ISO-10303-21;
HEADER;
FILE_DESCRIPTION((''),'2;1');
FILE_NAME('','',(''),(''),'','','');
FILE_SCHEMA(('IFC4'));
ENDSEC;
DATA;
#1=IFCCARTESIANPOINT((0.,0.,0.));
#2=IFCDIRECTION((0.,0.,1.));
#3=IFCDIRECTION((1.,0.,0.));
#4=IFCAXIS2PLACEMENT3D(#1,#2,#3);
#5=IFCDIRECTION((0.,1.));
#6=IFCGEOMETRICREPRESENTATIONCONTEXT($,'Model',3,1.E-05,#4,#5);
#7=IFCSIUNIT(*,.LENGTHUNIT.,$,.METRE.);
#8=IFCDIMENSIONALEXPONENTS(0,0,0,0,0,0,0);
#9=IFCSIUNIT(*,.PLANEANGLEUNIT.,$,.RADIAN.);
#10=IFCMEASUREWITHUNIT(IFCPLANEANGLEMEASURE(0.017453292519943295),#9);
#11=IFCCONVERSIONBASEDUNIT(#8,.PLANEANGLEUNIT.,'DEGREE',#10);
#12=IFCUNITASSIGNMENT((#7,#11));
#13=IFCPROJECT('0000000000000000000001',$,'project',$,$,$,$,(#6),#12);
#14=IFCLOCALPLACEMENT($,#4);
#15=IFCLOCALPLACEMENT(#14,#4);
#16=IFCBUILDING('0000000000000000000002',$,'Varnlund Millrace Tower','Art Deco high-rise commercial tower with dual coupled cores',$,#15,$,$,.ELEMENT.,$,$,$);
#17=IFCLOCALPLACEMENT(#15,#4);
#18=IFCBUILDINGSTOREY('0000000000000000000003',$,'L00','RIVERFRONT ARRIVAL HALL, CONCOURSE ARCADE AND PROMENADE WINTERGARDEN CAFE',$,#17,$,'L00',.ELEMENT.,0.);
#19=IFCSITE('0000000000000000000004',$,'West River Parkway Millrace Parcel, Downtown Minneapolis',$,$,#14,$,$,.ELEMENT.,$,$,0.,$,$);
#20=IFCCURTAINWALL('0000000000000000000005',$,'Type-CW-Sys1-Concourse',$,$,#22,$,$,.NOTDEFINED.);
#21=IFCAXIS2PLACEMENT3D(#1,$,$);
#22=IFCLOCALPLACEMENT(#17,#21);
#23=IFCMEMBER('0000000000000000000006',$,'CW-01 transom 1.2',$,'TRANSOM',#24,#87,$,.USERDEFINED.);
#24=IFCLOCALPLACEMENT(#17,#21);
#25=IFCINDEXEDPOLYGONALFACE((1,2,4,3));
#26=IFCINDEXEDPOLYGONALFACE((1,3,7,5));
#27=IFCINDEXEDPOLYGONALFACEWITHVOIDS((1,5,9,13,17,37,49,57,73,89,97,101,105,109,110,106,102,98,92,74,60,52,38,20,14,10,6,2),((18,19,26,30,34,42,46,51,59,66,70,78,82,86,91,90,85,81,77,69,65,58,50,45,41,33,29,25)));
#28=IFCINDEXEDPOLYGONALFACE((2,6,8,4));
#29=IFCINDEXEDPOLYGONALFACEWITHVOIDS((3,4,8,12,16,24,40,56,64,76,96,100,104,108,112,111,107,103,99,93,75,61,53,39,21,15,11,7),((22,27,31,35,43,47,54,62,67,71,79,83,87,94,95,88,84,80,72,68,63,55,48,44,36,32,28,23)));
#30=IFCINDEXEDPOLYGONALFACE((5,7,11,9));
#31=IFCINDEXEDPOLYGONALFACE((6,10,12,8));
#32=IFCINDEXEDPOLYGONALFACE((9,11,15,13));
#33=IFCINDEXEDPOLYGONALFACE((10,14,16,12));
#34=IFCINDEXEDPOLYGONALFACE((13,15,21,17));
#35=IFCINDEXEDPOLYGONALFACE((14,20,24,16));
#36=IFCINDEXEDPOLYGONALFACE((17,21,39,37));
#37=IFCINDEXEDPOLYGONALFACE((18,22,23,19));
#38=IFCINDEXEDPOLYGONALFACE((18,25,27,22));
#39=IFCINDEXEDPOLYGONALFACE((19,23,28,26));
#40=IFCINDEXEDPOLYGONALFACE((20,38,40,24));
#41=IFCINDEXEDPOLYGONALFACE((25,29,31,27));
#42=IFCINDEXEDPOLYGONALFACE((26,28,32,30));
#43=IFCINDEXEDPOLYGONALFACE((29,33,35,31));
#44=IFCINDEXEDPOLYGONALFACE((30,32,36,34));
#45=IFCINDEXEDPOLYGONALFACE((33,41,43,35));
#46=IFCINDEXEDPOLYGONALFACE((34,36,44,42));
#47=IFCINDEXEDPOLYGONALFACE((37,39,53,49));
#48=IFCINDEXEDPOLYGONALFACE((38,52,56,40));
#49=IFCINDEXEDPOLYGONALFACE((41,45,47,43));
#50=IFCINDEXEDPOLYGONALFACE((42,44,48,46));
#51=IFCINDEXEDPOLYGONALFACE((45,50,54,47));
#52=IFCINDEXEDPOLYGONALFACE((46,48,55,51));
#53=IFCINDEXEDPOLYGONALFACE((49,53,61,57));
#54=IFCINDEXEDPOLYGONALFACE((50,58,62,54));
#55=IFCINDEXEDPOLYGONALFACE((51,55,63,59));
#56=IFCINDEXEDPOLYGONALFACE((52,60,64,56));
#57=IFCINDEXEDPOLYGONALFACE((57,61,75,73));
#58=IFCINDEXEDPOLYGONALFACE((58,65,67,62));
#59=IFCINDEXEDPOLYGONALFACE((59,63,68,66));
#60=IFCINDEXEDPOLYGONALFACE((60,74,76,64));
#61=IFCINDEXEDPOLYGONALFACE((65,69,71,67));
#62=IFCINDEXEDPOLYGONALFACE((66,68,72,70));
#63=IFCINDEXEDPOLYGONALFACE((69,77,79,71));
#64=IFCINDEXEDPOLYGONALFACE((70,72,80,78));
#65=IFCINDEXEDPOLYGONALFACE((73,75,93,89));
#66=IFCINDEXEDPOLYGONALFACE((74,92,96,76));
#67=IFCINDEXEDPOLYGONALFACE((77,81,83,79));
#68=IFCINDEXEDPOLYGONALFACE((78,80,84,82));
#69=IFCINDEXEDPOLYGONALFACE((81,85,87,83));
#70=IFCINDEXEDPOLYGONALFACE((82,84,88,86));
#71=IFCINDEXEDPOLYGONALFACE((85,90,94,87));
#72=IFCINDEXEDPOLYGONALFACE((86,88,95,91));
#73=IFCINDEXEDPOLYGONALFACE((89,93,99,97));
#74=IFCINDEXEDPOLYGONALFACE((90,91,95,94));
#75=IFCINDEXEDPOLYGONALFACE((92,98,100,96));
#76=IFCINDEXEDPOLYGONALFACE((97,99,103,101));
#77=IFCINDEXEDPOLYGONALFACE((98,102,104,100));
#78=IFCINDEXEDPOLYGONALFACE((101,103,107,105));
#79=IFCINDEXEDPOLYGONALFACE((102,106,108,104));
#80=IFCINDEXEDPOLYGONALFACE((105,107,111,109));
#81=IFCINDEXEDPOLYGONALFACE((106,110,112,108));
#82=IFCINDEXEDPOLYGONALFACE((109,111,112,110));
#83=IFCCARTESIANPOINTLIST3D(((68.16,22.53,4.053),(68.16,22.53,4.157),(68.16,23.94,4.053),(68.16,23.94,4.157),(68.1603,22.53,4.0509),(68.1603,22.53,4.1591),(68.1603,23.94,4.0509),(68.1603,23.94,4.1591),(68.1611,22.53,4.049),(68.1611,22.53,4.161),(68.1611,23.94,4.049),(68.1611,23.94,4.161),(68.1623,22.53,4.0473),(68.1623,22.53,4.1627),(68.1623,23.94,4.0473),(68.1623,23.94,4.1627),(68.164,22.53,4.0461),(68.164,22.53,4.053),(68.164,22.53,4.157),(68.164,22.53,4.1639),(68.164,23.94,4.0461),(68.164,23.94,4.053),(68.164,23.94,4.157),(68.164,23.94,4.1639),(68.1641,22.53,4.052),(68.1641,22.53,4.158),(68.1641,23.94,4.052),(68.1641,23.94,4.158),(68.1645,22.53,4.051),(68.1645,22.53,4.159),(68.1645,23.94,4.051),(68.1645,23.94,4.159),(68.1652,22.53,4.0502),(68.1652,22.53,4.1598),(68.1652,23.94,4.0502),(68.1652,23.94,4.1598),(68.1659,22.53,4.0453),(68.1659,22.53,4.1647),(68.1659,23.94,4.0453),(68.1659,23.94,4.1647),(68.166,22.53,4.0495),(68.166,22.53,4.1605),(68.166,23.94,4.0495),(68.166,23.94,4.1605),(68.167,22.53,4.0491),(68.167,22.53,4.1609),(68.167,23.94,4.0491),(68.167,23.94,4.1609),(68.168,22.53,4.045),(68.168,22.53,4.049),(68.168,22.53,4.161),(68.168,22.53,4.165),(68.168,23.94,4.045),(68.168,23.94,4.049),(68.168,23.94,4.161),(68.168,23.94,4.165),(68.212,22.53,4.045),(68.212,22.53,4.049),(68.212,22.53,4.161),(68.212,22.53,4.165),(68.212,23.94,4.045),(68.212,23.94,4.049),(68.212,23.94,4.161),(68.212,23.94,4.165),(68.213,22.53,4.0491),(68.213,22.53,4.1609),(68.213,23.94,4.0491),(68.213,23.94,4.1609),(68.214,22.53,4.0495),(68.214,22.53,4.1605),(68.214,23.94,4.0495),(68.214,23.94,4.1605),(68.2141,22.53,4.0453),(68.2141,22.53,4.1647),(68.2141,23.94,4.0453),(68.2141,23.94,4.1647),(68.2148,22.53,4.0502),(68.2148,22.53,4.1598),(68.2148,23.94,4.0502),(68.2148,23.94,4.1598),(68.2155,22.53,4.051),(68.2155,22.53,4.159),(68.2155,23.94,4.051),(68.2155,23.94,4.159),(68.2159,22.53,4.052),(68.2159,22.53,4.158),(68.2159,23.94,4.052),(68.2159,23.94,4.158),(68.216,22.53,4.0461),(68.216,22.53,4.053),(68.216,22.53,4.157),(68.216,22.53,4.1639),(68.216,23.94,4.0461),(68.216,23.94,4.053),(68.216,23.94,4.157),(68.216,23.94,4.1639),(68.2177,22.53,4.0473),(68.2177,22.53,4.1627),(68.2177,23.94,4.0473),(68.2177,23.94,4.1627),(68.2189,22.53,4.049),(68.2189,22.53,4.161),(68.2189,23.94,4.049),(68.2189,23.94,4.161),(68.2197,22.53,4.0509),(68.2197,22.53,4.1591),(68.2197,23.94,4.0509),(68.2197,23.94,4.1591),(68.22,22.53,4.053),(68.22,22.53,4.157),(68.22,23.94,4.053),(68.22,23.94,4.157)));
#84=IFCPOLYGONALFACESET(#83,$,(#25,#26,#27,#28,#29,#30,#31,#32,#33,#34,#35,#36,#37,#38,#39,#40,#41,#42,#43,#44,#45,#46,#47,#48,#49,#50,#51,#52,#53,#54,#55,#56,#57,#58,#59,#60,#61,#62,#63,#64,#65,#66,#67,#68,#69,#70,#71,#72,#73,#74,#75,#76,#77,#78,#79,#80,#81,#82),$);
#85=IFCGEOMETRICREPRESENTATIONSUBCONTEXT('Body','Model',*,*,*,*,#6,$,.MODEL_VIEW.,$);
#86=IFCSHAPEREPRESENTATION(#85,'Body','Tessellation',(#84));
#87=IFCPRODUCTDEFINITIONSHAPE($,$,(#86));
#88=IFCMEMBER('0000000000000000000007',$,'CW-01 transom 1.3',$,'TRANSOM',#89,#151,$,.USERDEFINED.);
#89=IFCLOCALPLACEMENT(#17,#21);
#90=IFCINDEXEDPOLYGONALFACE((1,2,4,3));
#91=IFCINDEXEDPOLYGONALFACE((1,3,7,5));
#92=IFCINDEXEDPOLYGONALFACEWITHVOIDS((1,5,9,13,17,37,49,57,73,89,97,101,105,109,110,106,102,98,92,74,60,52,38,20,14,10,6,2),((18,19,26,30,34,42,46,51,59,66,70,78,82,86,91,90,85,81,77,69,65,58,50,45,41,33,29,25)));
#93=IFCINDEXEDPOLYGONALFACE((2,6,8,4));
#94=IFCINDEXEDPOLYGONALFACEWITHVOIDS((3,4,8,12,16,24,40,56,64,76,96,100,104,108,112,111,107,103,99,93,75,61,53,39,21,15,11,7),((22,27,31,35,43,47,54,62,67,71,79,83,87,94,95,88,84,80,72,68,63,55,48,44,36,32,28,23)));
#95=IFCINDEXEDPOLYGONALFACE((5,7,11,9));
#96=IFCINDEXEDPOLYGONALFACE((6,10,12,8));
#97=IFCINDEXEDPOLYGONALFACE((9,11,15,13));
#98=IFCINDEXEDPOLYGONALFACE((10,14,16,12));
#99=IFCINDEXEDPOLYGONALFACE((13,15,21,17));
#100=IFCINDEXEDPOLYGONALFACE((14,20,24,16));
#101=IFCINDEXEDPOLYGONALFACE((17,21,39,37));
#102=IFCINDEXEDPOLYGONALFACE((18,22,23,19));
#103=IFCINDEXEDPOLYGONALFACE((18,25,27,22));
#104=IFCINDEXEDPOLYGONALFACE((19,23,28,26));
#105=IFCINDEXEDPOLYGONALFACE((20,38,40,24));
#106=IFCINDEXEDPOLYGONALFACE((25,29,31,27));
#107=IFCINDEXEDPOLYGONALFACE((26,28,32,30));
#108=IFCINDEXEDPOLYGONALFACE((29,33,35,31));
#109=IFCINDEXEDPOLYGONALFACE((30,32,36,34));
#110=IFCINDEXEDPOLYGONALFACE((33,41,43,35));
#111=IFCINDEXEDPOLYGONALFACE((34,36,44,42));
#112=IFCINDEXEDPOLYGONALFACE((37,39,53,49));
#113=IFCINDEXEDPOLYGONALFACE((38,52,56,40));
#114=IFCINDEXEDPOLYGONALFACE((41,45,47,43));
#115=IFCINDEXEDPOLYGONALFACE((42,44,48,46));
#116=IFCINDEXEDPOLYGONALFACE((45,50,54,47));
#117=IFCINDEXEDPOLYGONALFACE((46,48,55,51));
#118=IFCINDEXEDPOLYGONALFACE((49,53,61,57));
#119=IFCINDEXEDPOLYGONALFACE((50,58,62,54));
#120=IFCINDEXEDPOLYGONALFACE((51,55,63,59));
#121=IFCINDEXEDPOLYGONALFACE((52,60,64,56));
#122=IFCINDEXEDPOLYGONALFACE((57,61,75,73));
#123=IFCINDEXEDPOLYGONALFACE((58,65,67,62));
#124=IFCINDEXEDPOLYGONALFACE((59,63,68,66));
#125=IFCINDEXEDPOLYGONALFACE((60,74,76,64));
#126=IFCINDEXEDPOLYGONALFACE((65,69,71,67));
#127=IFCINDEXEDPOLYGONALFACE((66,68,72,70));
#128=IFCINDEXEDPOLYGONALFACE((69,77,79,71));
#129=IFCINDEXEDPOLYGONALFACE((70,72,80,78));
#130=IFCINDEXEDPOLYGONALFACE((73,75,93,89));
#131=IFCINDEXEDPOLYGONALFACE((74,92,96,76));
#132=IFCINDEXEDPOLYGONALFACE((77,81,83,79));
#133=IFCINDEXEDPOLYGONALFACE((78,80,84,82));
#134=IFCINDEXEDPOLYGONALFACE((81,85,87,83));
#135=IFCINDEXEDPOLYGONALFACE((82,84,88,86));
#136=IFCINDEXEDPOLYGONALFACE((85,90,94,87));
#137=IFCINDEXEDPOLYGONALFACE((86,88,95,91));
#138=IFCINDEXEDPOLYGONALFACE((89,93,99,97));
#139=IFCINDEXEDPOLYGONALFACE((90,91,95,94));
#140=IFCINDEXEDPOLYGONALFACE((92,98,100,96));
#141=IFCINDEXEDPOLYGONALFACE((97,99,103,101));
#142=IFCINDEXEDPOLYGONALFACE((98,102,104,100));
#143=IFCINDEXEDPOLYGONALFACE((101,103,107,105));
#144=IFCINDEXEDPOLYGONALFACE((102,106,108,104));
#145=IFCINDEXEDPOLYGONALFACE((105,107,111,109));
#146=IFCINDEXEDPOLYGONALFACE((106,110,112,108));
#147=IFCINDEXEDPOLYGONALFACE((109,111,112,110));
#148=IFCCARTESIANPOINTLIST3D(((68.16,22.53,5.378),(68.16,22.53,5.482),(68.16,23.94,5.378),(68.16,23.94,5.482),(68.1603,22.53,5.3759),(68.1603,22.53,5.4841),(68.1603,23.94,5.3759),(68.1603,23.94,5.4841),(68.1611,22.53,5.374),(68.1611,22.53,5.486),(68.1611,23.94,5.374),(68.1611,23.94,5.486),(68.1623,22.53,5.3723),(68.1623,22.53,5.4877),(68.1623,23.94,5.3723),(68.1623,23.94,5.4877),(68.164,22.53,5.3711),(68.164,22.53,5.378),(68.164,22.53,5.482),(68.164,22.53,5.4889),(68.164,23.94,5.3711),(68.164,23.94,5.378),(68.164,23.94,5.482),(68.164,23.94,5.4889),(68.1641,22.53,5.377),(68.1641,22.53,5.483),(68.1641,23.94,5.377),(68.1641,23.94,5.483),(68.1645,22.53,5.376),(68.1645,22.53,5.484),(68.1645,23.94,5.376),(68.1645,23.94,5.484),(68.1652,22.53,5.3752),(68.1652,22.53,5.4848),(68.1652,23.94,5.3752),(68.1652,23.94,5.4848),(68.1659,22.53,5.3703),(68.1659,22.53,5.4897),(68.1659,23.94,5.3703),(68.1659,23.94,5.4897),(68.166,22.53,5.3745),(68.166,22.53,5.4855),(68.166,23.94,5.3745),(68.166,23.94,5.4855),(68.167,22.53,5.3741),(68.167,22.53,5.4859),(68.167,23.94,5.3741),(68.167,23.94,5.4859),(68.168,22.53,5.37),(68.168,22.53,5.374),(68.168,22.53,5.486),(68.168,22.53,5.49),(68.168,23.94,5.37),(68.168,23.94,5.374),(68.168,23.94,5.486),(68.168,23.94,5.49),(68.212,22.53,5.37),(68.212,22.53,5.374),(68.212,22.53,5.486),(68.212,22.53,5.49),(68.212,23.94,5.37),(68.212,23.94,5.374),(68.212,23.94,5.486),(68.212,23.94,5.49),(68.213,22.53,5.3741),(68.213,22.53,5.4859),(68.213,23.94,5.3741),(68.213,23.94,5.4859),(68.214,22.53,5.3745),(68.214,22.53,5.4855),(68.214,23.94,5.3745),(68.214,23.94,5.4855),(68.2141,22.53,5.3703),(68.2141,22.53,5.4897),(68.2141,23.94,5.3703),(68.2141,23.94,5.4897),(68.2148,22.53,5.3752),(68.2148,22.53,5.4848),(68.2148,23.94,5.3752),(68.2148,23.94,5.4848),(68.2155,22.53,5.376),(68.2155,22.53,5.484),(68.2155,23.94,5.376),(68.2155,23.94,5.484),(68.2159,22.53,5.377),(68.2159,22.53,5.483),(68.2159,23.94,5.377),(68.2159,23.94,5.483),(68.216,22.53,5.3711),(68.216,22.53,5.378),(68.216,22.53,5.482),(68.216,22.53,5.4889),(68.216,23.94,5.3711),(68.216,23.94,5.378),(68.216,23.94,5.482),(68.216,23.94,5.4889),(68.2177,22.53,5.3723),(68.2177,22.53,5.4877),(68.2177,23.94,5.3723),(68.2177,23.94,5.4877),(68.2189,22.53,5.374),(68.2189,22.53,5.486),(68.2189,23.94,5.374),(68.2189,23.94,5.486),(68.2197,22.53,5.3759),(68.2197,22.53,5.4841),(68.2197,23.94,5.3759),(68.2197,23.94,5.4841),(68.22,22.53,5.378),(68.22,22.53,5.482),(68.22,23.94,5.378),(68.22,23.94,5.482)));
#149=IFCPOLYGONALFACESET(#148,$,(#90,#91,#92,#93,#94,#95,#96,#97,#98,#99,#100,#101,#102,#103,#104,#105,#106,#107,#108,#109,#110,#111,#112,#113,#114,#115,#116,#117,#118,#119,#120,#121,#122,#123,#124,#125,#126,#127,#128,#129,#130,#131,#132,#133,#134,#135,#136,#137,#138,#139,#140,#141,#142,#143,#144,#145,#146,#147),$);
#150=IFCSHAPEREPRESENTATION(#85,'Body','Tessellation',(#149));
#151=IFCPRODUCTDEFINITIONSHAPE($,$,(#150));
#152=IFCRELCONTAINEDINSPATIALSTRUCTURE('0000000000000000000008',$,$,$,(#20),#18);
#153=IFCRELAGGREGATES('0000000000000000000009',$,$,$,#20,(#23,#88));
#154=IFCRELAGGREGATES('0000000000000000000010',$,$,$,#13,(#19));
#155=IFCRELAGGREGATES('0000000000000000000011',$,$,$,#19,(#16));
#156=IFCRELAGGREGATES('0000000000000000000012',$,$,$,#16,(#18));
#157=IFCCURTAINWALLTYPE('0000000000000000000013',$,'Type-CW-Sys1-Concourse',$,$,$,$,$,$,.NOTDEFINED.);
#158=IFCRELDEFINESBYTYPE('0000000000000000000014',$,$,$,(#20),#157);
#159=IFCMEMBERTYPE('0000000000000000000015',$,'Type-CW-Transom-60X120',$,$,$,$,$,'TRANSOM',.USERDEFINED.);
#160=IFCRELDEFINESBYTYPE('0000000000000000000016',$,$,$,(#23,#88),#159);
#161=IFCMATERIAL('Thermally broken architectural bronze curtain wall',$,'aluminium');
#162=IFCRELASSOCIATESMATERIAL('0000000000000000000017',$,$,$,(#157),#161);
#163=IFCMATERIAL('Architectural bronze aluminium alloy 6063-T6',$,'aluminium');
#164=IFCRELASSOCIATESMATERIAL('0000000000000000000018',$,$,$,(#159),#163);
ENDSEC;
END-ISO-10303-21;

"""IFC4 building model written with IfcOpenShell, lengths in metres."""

from ifc_helpers import new_model, entity, si_unit, converted_unit, direction, frame, origin_with_axes, origin_2d_with_axis, place, context, subcontext, project, spatial, hollow_rectangle, extrude, material, material_profile, profile_set, type_object, element, aggregate, save


model = new_model("IFC4")

# Units and contexts
model_context = context("Model", 3, precision=1e-05, world=origin_with_axes(), true_north=direction((0.0, 1.0)))
body_context = subcontext(model_context, "Body", "Model", "MODEL_VIEW")
ifc_project = project(units=[si_unit("LENGTHUNIT", "METRE"), converted_unit("PLANEANGLEUNIT", "DEGREE", entity("IfcPlaneAngleMeasure", 0.017453292519943295), si_unit("PLANEANGLEUNIT", "RADIAN"), dimensions=[0, 0, 0, 0, 0, 0, 0])], contexts=[model_context])

# Site, building, storey
site_placement = place(None, origin_with_axes())
site = spatial("IfcSite", under=ifc_project, at=site_placement, Name="West River Parkway Millrace Parcel, Downtown Minneapolis", CompositionType="ELEMENT", RefElevation=0.0)
building_placement = place(site_placement, origin_with_axes())
building = spatial("IfcBuilding", under=site, at=building_placement, Name="Varnlund Millrace Tower", Description="Art Deco high-rise commercial tower with dual coupled cores", CompositionType="ELEMENT")
storey_placement = place(building_placement, origin_with_axes())
storey = spatial("IfcBuildingStorey", under=building, at=storey_placement, Name="L00", Description="RIVERFRONT ARRIVAL HALL, CONCOURSE ARCADE AND PROMENADE WINTERGARDEN CAFE", LongName="L00", CompositionType="ELEMENT", Elevation=0.0)

# Curtain wall
ifc_material_1 = material(Name="Thermally broken architectural bronze curtain wall", Category="aluminium")
curtain_wall_type = type_object("IfcCurtainWallType", Name="Type-CW-Sys1-Concourse", PredefinedType="NOTDEFINED", material=ifc_material_1)
curtain_wall_1_placement = place(storey_placement, frame((68.19, 24.0, 2.75), z_axis=(0.0, 0.0, 1.0), x_axis=(1.0, 0.0, 0.0)))
curtain_wall_1 = element("IfcCurtainWall", 1, at=curtain_wall_1_placement, inside=storey, type_object=curtain_wall_type, Name="Type-CW-Sys1-Concourse", PredefinedType="NOTDEFINED")
ifc_material_2 = material(Name="Architectural bronze aluminium alloy 6063-T6", Category="aluminium")

# Members
ifc_material_profile_1 = material_profile(ifc_material_2, hollow_rectangle(XDim=0.06, YDim=0.12, WallThickness=0.004, InnerFilletRadius=0.004, OuterFilletRadius=0.008, at=origin_2d_with_axis()), Name="Architectural bronze aluminium alloy 6063-T6")
ifc_profile_set_1 = profile_set([ifc_material_profile_1], Name="Architectural bronze aluminium alloy 6063-T6")
member_type_1 = type_object("IfcMemberType", Name="Type-CW-Transom-60X120", ElementType="TRANSOM", PredefinedType="USERDEFINED", material=ifc_profile_set_1)
member_1_placement = place(storey_placement, frame((68.19, 23.94, 4.105), z_axis=(0.0, -1.0, 0.0), x_axis=(1.0, 0.0, 0.0)))
member_1 = element("IfcMember", 2, at=member_1_placement, type_object=member_type_1, Name="CW-01 transom 1.2", ObjectType="TRANSOM", PredefinedType="USERDEFINED", context=body_context, shape_type="SweptSolid", body=[
    extrude(hollow_rectangle(XDim=0.06, YDim=0.12, WallThickness=0.004, InnerFilletRadius=0.004, OuterFilletRadius=0.008, at=origin_2d_with_axis()), origin_with_axes(), (0.0, 0.0, 1.0), 1.41),
])
member_2_placement = place(storey_placement, frame((68.19, 23.94, 5.43), z_axis=(0.0, -1.0, 0.0), x_axis=(1.0, 0.0, 0.0)))
member_2 = element("IfcMember", 3, at=member_2_placement, type_object=member_type_1, Name="CW-01 transom 1.3", ObjectType="TRANSOM", PredefinedType="USERDEFINED", context=body_context, shape_type="SweptSolid", body=[
    extrude(hollow_rectangle(XDim=0.06, YDim=0.12, WallThickness=0.004, InnerFilletRadius=0.004, OuterFilletRadius=0.008, at=origin_2d_with_axis()), origin_with_axes(), (0.0, 0.0, 1.0), 1.41),
])

aggregate(curtain_wall_1, [member_1, member_2])

save(model, "model.ifc")
